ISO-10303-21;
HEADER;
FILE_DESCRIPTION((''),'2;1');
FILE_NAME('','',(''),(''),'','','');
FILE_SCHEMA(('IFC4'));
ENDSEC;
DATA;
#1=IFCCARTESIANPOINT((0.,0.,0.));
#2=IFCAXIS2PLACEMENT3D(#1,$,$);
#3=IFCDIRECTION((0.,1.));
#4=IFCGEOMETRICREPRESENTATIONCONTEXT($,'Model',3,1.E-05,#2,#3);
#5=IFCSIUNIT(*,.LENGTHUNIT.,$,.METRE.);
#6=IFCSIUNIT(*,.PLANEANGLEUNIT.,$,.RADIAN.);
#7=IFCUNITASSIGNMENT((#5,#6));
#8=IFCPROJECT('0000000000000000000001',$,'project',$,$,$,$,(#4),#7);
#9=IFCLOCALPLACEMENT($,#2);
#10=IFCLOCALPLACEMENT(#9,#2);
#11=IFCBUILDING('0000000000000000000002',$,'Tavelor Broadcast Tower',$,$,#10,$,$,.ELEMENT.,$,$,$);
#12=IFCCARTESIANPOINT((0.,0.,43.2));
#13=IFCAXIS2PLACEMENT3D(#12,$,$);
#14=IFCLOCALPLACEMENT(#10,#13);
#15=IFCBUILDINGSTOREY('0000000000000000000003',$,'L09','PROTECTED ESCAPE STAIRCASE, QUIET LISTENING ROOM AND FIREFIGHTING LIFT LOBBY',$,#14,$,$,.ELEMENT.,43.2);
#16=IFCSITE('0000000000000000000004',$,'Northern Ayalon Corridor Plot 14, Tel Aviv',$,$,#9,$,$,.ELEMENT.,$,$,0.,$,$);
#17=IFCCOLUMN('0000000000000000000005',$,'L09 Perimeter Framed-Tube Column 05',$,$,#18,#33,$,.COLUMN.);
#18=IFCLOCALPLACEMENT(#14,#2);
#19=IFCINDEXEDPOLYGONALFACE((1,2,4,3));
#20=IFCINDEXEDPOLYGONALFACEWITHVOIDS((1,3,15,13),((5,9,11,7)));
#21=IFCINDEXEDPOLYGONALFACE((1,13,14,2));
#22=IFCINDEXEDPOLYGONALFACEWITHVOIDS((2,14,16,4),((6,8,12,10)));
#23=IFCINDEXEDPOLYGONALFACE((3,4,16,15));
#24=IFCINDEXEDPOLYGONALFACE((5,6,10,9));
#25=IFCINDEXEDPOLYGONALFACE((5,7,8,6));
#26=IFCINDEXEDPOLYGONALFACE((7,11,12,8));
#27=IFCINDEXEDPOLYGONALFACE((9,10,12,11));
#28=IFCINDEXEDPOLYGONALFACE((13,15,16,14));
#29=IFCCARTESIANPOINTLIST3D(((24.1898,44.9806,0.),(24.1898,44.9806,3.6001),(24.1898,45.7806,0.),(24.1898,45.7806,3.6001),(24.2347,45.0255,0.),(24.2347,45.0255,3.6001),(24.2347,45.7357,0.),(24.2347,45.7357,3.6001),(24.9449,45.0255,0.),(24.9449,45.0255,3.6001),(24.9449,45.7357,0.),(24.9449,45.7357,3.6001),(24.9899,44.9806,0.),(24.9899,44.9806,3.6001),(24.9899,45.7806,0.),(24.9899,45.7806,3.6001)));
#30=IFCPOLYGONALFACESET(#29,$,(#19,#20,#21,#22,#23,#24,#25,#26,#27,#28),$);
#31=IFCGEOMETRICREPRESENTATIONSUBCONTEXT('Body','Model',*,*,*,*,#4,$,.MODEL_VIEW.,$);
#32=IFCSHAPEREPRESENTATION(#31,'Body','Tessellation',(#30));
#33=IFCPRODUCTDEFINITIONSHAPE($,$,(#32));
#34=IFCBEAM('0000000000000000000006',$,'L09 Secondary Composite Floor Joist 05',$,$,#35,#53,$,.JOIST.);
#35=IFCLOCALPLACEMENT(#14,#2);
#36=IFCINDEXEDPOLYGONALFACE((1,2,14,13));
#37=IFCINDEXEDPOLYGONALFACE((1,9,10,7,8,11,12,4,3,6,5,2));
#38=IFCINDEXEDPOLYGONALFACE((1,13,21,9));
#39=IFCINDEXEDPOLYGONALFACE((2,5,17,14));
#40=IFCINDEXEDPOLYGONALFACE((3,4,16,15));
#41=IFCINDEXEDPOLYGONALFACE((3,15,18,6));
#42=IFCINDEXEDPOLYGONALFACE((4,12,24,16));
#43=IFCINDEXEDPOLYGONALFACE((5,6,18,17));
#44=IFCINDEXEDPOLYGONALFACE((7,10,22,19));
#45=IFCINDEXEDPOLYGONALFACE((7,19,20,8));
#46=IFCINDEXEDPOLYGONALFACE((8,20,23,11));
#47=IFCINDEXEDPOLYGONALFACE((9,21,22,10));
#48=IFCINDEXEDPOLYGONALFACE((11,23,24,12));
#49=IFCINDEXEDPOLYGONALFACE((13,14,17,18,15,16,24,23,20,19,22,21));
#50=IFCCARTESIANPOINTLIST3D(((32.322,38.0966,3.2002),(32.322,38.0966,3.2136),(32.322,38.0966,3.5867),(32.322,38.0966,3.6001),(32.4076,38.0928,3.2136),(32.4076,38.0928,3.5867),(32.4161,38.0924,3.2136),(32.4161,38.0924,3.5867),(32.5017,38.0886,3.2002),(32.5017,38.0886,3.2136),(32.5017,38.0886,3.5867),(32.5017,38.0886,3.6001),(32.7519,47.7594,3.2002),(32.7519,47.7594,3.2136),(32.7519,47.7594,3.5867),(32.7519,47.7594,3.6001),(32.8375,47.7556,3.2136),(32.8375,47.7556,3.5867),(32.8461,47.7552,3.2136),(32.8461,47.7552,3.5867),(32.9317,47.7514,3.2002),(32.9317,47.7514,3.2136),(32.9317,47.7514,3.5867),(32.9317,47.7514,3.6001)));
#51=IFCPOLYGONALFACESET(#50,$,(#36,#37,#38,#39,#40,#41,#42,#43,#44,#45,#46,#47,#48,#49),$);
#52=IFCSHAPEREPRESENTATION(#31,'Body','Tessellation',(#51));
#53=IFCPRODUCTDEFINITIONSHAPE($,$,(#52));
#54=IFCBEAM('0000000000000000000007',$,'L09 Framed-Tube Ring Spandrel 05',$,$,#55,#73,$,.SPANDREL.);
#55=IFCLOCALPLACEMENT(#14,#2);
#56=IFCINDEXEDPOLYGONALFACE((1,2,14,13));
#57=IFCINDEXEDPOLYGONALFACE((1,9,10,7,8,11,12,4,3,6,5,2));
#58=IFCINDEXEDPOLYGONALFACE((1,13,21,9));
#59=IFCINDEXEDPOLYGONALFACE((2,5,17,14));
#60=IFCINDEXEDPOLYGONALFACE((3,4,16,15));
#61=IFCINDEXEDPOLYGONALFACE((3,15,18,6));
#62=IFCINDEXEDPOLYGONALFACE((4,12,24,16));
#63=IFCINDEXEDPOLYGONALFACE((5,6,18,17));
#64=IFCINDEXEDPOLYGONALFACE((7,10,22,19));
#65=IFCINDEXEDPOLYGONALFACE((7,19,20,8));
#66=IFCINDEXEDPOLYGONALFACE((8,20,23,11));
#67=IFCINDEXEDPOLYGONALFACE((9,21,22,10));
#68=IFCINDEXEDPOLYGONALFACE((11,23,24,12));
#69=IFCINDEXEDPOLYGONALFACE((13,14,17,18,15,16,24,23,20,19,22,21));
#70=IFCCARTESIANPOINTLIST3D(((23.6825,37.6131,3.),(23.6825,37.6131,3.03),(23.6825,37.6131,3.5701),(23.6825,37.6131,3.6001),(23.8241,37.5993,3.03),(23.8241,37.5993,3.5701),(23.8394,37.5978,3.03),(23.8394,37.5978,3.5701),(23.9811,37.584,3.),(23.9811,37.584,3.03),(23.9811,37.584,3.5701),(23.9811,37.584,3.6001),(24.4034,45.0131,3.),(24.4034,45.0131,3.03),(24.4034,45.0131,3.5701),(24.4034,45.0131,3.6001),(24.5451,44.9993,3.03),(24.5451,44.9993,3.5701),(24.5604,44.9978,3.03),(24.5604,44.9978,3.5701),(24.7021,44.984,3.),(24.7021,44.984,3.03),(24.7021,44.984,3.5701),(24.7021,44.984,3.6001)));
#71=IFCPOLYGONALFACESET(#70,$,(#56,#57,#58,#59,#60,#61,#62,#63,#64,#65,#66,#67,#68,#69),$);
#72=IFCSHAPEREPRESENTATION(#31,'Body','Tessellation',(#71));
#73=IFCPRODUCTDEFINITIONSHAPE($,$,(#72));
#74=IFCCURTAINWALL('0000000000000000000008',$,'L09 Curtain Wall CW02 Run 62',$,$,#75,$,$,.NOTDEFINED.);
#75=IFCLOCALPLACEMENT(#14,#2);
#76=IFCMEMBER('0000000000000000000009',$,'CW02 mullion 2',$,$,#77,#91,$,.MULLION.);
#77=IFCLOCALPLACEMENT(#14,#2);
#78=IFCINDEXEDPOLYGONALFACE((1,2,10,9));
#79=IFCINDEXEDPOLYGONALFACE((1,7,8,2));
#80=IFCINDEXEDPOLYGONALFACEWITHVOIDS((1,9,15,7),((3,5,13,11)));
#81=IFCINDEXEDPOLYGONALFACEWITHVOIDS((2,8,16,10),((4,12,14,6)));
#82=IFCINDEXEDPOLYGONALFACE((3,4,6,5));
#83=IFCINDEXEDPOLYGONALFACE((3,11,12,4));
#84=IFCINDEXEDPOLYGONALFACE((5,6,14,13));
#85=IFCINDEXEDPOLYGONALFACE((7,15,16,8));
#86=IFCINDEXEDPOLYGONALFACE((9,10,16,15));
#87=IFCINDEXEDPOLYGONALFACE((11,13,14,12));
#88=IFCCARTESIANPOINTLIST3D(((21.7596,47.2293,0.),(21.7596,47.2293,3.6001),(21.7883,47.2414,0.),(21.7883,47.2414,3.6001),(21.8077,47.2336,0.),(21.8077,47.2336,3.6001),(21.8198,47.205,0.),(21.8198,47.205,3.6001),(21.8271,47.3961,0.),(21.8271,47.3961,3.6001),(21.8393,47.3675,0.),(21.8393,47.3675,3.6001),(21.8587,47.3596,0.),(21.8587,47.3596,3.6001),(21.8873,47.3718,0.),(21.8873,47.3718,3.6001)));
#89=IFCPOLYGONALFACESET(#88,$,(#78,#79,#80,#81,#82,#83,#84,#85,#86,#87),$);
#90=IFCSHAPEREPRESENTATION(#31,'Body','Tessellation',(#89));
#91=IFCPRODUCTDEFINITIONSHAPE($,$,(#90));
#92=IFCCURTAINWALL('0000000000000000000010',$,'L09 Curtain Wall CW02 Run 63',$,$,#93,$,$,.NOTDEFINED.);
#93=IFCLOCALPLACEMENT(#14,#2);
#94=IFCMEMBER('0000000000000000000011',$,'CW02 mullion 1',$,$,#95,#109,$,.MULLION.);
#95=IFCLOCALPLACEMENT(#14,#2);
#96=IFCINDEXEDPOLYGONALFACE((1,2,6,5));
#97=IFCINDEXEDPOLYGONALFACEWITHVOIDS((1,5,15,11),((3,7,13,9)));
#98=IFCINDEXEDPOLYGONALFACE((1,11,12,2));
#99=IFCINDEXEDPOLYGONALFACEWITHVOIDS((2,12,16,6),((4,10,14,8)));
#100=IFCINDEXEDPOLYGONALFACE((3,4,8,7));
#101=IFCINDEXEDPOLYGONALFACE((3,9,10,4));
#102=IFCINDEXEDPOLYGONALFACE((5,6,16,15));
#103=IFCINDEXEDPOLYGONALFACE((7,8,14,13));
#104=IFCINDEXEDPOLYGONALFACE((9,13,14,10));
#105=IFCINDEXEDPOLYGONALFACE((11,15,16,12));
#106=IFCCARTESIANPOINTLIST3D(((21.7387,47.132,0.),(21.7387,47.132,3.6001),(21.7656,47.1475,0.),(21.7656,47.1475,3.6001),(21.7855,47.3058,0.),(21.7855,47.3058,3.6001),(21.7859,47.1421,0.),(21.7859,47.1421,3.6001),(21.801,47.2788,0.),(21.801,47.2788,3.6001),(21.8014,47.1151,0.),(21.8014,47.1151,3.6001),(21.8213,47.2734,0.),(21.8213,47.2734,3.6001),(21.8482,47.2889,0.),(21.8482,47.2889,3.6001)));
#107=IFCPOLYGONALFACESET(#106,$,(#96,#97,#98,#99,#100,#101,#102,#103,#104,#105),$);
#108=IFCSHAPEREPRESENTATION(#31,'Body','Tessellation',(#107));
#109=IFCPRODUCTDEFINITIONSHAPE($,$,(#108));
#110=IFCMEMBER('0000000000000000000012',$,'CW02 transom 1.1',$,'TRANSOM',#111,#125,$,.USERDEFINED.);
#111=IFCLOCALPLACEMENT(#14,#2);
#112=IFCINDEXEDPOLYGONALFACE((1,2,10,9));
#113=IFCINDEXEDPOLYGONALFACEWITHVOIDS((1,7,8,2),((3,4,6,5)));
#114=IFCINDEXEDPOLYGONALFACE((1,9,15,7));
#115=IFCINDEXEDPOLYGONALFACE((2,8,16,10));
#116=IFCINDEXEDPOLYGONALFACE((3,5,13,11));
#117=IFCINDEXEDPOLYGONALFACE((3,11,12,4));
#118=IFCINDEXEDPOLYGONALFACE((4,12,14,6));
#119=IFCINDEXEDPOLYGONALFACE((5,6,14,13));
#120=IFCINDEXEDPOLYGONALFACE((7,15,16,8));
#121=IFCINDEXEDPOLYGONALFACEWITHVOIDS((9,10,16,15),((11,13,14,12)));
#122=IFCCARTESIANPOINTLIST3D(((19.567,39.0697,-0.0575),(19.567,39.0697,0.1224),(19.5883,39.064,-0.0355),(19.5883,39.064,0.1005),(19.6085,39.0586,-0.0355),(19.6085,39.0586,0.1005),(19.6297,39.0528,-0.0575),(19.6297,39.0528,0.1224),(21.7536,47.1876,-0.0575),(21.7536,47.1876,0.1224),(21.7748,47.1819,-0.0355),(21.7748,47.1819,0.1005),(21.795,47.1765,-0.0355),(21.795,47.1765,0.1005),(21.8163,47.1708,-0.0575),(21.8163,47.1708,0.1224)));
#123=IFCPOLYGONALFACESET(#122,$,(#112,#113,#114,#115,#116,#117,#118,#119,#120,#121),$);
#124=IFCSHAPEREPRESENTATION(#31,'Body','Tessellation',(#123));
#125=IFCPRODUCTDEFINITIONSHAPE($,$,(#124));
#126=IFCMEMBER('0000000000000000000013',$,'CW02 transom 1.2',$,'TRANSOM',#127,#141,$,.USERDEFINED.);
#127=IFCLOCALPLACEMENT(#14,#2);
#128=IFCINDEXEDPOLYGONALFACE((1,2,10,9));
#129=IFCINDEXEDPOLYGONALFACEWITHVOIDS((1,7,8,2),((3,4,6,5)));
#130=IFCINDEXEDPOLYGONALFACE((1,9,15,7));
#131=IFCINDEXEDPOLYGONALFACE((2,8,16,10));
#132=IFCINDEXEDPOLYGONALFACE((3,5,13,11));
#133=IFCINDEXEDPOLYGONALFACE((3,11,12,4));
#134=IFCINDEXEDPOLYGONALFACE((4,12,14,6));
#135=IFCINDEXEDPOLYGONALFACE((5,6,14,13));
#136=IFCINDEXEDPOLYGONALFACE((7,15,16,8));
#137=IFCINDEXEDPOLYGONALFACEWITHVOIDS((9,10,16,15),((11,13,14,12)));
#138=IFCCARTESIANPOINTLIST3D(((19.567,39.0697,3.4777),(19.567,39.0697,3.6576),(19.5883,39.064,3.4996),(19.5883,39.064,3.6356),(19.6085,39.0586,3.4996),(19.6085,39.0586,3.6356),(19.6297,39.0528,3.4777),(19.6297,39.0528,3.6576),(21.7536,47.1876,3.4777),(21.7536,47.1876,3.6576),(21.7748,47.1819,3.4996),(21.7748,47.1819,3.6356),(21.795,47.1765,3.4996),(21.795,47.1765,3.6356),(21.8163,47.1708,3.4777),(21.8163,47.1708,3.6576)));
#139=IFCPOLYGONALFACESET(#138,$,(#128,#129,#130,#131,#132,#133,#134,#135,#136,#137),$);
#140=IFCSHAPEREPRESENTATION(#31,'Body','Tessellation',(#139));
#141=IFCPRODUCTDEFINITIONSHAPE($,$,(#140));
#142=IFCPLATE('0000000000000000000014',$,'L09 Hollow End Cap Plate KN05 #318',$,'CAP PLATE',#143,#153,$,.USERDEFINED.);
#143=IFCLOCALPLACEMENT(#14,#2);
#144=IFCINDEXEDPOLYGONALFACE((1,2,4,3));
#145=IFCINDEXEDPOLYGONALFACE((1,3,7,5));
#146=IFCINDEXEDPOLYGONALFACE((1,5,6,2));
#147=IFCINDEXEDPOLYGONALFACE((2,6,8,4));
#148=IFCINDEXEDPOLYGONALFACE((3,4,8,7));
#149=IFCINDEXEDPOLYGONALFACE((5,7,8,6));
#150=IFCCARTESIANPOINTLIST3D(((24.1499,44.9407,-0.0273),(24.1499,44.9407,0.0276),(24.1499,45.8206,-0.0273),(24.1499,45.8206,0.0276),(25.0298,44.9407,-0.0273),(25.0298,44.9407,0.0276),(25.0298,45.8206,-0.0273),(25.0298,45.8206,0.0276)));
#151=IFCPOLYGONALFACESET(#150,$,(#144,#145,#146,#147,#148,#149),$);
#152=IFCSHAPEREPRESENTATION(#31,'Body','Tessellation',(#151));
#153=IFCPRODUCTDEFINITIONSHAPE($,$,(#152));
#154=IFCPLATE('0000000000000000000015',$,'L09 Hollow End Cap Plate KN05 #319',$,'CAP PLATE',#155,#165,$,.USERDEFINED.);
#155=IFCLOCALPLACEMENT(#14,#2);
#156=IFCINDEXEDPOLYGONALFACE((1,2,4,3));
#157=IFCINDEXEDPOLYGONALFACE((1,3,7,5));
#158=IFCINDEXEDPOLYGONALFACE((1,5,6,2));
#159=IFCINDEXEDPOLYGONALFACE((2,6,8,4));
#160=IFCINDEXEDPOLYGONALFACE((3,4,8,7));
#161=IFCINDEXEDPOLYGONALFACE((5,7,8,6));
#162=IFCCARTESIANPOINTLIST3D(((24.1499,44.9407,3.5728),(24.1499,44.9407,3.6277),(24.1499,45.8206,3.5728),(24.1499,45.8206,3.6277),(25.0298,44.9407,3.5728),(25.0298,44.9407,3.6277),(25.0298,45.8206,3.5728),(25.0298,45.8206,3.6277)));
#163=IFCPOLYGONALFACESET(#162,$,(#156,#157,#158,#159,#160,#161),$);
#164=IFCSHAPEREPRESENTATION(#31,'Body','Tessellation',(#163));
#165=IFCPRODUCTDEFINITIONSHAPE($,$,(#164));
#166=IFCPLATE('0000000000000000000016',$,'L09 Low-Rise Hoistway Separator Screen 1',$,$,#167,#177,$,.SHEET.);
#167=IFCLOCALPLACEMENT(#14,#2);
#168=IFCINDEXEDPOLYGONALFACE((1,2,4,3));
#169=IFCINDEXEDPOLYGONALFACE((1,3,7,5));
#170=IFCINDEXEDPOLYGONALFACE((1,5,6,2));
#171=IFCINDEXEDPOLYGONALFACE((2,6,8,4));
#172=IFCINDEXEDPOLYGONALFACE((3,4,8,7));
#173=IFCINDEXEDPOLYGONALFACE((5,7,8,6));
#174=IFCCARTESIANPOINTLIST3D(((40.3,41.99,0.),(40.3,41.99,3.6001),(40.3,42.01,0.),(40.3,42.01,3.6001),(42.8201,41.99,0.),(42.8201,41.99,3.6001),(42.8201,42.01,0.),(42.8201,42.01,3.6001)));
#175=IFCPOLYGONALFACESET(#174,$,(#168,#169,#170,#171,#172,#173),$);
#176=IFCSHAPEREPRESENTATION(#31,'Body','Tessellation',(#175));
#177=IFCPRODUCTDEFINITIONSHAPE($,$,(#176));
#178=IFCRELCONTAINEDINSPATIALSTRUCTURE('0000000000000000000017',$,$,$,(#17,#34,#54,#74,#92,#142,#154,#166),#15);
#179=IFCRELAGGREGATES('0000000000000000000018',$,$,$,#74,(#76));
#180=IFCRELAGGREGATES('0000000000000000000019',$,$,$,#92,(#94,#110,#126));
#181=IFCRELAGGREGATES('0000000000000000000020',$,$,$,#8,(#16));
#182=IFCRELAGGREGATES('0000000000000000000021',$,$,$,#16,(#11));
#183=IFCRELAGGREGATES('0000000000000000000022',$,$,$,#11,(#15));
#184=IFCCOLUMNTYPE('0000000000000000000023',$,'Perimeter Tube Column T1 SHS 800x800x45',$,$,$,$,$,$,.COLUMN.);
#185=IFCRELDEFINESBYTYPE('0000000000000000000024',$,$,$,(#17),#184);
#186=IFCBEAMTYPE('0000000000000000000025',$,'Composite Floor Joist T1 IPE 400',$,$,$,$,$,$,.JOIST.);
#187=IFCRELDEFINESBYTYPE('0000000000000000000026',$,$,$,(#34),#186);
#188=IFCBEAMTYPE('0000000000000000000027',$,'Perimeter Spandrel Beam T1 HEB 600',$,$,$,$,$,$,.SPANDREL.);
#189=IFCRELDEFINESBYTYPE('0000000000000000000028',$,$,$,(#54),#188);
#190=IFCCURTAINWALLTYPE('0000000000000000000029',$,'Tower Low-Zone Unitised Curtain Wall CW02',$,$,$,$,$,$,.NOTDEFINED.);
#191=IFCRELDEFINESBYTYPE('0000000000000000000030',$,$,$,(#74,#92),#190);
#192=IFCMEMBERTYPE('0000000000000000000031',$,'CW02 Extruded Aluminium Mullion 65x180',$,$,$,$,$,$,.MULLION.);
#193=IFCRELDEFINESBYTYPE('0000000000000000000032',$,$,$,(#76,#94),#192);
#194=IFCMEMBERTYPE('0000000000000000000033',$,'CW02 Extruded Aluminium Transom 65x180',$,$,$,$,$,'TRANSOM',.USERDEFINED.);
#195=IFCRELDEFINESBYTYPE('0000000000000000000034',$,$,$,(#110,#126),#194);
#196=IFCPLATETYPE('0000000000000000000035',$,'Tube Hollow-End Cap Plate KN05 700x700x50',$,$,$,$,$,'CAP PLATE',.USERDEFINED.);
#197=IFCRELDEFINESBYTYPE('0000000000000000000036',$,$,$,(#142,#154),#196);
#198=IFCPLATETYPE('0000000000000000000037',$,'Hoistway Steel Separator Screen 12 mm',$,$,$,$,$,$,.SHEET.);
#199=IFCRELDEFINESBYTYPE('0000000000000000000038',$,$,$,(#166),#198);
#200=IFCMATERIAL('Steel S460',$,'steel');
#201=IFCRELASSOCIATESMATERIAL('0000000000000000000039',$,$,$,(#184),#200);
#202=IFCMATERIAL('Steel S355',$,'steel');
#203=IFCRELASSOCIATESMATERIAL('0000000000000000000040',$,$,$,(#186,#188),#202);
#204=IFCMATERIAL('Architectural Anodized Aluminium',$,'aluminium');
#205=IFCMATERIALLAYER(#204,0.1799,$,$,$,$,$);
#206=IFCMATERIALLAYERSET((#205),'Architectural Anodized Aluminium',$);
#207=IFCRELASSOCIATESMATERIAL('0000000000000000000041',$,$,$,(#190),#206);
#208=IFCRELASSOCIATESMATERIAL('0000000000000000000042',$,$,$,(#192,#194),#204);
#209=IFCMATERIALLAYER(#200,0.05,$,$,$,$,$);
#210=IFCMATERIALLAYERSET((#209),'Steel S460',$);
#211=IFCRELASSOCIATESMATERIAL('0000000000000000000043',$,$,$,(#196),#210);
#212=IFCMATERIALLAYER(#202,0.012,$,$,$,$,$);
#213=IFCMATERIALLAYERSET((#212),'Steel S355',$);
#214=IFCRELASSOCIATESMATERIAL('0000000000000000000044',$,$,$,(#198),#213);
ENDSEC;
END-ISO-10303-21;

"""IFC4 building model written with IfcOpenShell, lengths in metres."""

from ifc_helpers import new_model, si_unit, direction, frame, origin, origin_2d, place, context, subcontext, project, spatial, rectangle, hollow_rectangle, i_section, extrude, source, transform, mapped, material, layer, layer_set, material_profile, profile_set, type_object, type_shapes, element, aggregate, save


model = new_model("IFC4")

# Units and contexts
model_context = context("Model", 3, precision=1e-05, world=origin(), true_north=direction((0.0, 1.0)))
body_context = subcontext(model_context, "Body", "Model", "MODEL_VIEW")
ifc_project = project(units=[si_unit("LENGTHUNIT", "METRE"), si_unit("PLANEANGLEUNIT", "RADIAN")], contexts=[model_context])

# Site, building, storey
site_placement = place(None, origin())
site = spatial("IfcSite", under=ifc_project, at=site_placement, Name="Northern Ayalon Corridor Plot 14, Tel Aviv", CompositionType="ELEMENT", RefElevation=0.0)
building_placement = place(site_placement, origin())
building = spatial("IfcBuilding", under=site, at=building_placement, Name="Tavelor Broadcast Tower", CompositionType="ELEMENT")
storey_placement = place(building_placement, frame((0.0, 0.0, 43.2)))
storey = spatial("IfcBuildingStorey", under=building, at=storey_placement, Name="L09", Description="PROTECTED ESCAPE STAIRCASE, QUIET LISTENING ROOM AND FIREFIGHTING LIFT LOBBY", CompositionType="ELEMENT", Elevation=43.2)

# Column
ifc_material_1 = material(Name="Steel S460", Category="steel")
ifc_material_profile_1 = material_profile(ifc_material_1, hollow_rectangle(XDim=0.8, YDim=0.8, WallThickness=0.0449, at=origin_2d()), Name="SHS 800x800x45")
ifc_profile_set_1 = profile_set([ifc_material_profile_1], Name="Steel S460")
column_type = type_object("IfcColumnType", Name="Perimeter Tube Column T1 SHS 800x800x45", PredefinedType="COLUMN", material=ifc_profile_set_1)
column_placement = place(storey_placement, frame((24.5898, 45.3806, 0.0), z_axis=(0.0, 0.0, 1.0), x_axis=(1.0, 0.0, 0.0)))
element("IfcColumn", 1, at=column_placement, inside=storey, type_object=column_type, Name="L09 Perimeter Framed-Tube Column 05", PredefinedType="COLUMN", context=body_context, shape_type="SweptSolid", body=[
    extrude(hollow_rectangle(XDim=0.8, YDim=0.8, WallThickness=0.0449, at=origin_2d()), origin(), (0.0, 0.0, 1.0), 3.6001),
])

# Beams
ifc_material_2 = material(Name="Steel S355", Category="steel")
ifc_material_profile_2 = material_profile(ifc_material_2, i_section(OverallWidth=0.1799, OverallDepth=0.3999, WebThickness=0.0085, FlangeThickness=0.0134, at=origin_2d()), Name="IPE 400")
ifc_profile_set_2 = profile_set([ifc_material_profile_2], Name="Steel S355")
beam_type_1 = type_object("IfcBeamType", Name="Composite Floor Joist T1 IPE 400", PredefinedType="JOIST", material=ifc_profile_set_2)
beam_1_placement = place(storey_placement, frame((32.8418, 47.7554, 3.4001), z_axis=(-0.044449, -0.999012, 0.0), x_axis=(0.999012, -0.044449, 0.0)))
element("IfcBeam", 2, at=beam_1_placement, inside=storey, type_object=beam_type_1, Name="L09 Secondary Composite Floor Joist 05", PredefinedType="JOIST", context=body_context, shape_type="SweptSolid", body=[
    extrude(i_section(OverallWidth=0.1799, OverallDepth=0.3999, WebThickness=0.0085, FlangeThickness=0.0134, at=origin_2d()), origin(), (0.0, 0.0, 1.0), 9.6724),
])
ifc_material_profile_3 = material_profile(ifc_material_2, i_section(OverallWidth=0.3, OverallDepth=0.6001, WebThickness=0.0154, FlangeThickness=0.03, at=origin_2d()), Name="HEB 600")
ifc_profile_set_3 = profile_set([ifc_material_profile_3], Name="Steel S355")
beam_type_2 = type_object("IfcBeamType", Name="Perimeter Spandrel Beam T1 HEB 600", PredefinedType="SPANDREL", material=ifc_profile_set_3)
beam_2_placement = place(storey_placement, frame((24.5527, 44.9985, 3.3), z_axis=(-0.096967, -0.995288, 0.0), x_axis=(0.995288, -0.096967, 0.0)))
element("IfcBeam", 3, at=beam_2_placement, inside=storey, type_object=beam_type_2, Name="L09 Framed-Tube Ring Spandrel 05", PredefinedType="SPANDREL", context=body_context, shape_type="SweptSolid", body=[
    extrude(i_section(OverallWidth=0.3, OverallDepth=0.6001, WebThickness=0.0154, FlangeThickness=0.03, at=origin_2d()), origin(), (0.0, 0.0, 1.0), 7.4351),
])

# Curtain wall, member
ifc_material_3 = material(Name="Architectural Anodized Aluminium", Category="aluminium")
ifc_layer_1 = layer(ifc_material_3, 0.1799)
ifc_layer_set_1 = layer_set([ifc_layer_1], Name="Architectural Anodized Aluminium")
curtain_wall_type = type_object("IfcCurtainWallType", Name="Tower Low-Zone Unitised Curtain Wall CW02", PredefinedType="NOTDEFINED", material=ifc_layer_set_1)
curtain_wall_1_placement = place(storey_placement, origin())
curtain_wall_1 = element("IfcCurtainWall", 4, at=curtain_wall_1_placement, inside=storey, type_object=curtain_wall_type, Name="L09 Curtain Wall CW02 Run 62", PredefinedType="NOTDEFINED")
ifc_material_profile_4 = material_profile(ifc_material_3, hollow_rectangle(XDim=0.0649, YDim=0.1799, WallThickness=0.022, at=origin_2d()), Name="RHS 65x180x22")
ifc_profile_set_4 = profile_set([ifc_material_profile_4], Name="Architectural Anodized Aluminium")
member_type_1 = type_object("IfcMemberType", Name="CW02 Extruded Aluminium Mullion 65x180", PredefinedType="MULLION", material=ifc_profile_set_4)
shared_shape_1 = source(origin(), body_context, "Body", "SweptSolid", [
    extrude(hollow_rectangle(XDim=0.0649, YDim=0.1799, WallThickness=0.022, at=origin_2d()), origin(), (0.0, 0.0, 1.0), 3.6001),
])
type_shapes(member_type_1, [shared_shape_1])
member_1_placement = place(storey_placement, frame((21.8235, 47.3005, 0.0), z_axis=(0.0, 0.0, 1.0), x_axis=(0.927019, -0.375015, 0.0)))
member_1 = element("IfcMember", 5, at=member_1_placement, type_object=member_type_1, Name="CW02 mullion 2", PredefinedType="MULLION", context=body_context, shape_type="MappedRepresentation", body=[
    mapped(shared_shape_1, transform((0.0, 0.0, 0.0), scale=1.0)),
])

# Curtain wall, members
curtain_wall_2_placement = place(storey_placement, origin())
curtain_wall_2 = element("IfcCurtainWall", 6, at=curtain_wall_2_placement, inside=storey, type_object=curtain_wall_type, Name="L09 Curtain Wall CW02 Run 63", PredefinedType="NOTDEFINED")
member_2_placement = place(storey_placement, frame((21.7935, 47.2104, 0.0), z_axis=(0.0, 0.0, 1.0), x_axis=(0.965589, -0.260071, 0.0)))
member_2 = element("IfcMember", 7, at=member_2_placement, type_object=member_type_1, Name="CW02 mullion 1", PredefinedType="MULLION", context=body_context, shape_type="MappedRepresentation", body=[
    mapped(shared_shape_1, transform((0.0, 0.0, 0.0), scale=1.0)),
])
ifc_material_profile_5 = material_profile(ifc_material_3, hollow_rectangle(XDim=0.0649, YDim=0.1799, WallThickness=0.022, at=origin_2d()), Name="RHS 65x180x22")
ifc_profile_set_5 = profile_set([ifc_material_profile_5], Name="Architectural Anodized Aluminium")
member_type_2 = type_object("IfcMemberType", Name="CW02 Extruded Aluminium Transom 65x180", ElementType="TRANSOM", PredefinedType="USERDEFINED", material=ifc_profile_set_5)
shared_shape_2 = source(origin(), body_context, "Body", "SweptSolid", [
    extrude(hollow_rectangle(XDim=0.0649, YDim=0.1799, WallThickness=0.022, at=origin_2d()), origin(), (0.0, 0.0, 1.0), 8.4072),
])
type_shapes(member_type_2, [shared_shape_2])
member_3_placement = place(storey_placement, frame((21.7849, 47.1792, 0.0325), z_axis=(-0.260077, -0.965588, 0.0), x_axis=(0.965588, -0.260077, 0.0)))
member_3 = element("IfcMember", 8, at=member_3_placement, type_object=member_type_2, Name="CW02 transom 1.1", ObjectType="TRANSOM", PredefinedType="USERDEFINED", context=body_context, shape_type="MappedRepresentation", body=[
    mapped(shared_shape_2, transform((0.0, 0.0, 0.0), scale=1.0)),
])
member_4_placement = place(storey_placement, frame((21.7849, 47.1792, 3.5676), z_axis=(-0.260077, -0.965588, 0.0), x_axis=(0.965588, -0.260077, 0.0)))
member_4 = element("IfcMember", 9, at=member_4_placement, type_object=member_type_2, Name="CW02 transom 1.2", ObjectType="TRANSOM", PredefinedType="USERDEFINED", context=body_context, shape_type="MappedRepresentation", body=[
    mapped(shared_shape_2, transform((0.0, 0.0, 0.0), scale=1.0)),
])

# Plates
ifc_layer_2 = layer(ifc_material_1, 0.05)
ifc_layer_set_2 = layer_set([ifc_layer_2], Name="Steel S460")
plate_type_1 = type_object("IfcPlateType", Name="Tube Hollow-End Cap Plate KN05 700x700x50", ElementType="CAP PLATE", PredefinedType="USERDEFINED", material=ifc_layer_set_2)
shared_shape_3 = source(origin(), body_context, "Body", "SweptSolid", [
    extrude(rectangle(XDim=0.8799, YDim=0.8799, at=origin_2d()), origin(), (0.0, 0.0, 1.0), 0.0549),
])
type_shapes(plate_type_1, [shared_shape_3])
for number, where, z_axis, x_axis, name in (
    (10, (24.5898, 45.3806, -0.0273), (0.0, 0.0, 1.0), (1.0, 0.0, 0.0), "L09 Hollow End Cap Plate KN05 #318"),
    (11, (24.5898, 45.3806, 3.5728), (0.0, 0.0, 1.0), (1.0, 0.0, 0.0), "L09 Hollow End Cap Plate KN05 #319"),
):
    element("IfcPlate", number, at=place(storey_placement, frame(where, z_axis=z_axis, x_axis=x_axis)), inside=storey, type_object=plate_type_1, Name=name, ObjectType="CAP PLATE", PredefinedType="USERDEFINED", context=body_context, shape_type="MappedRepresentation", body=[
        mapped(shared_shape_3, transform((0.0, 0.0, 0.0), scale=1.0)),
    ])
ifc_layer_3 = layer(ifc_material_2, 0.012)
ifc_layer_set_3 = layer_set([ifc_layer_3], Name="Steel S355")
plate_type_2 = type_object("IfcPlateType", Name="Hoistway Steel Separator Screen 12 mm", PredefinedType="SHEET", material=ifc_layer_set_3)
shared_shape_4 = source(origin(), body_context, "Body", "SweptSolid", [
    extrude(rectangle(XDim=2.52, YDim=0.02, at=origin_2d()), origin(), (0.0, 0.0, 1.0), 3.6001),
])
type_shapes(plate_type_2, [shared_shape_4])
for number, where, z_axis, x_axis, name in (
    (12, (41.5601, 42.0, 0.0), (0.0, 0.0, 1.0), (1.0, 0.0, 0.0), "L09 Low-Rise Hoistway Separator Screen 1"),
):
    element("IfcPlate", number, at=place(storey_placement, frame(where, z_axis=z_axis, x_axis=x_axis)), inside=storey, type_object=plate_type_2, Name=name, PredefinedType="SHEET", context=body_context, shape_type="MappedRepresentation", body=[
        mapped(shared_shape_4, transform((0.0, 0.0, 0.0), scale=1.0)),
    ])

aggregate(curtain_wall_1, [member_1])
aggregate(curtain_wall_2, [member_2, member_3, member_4])

save(model, "model.ifc")
